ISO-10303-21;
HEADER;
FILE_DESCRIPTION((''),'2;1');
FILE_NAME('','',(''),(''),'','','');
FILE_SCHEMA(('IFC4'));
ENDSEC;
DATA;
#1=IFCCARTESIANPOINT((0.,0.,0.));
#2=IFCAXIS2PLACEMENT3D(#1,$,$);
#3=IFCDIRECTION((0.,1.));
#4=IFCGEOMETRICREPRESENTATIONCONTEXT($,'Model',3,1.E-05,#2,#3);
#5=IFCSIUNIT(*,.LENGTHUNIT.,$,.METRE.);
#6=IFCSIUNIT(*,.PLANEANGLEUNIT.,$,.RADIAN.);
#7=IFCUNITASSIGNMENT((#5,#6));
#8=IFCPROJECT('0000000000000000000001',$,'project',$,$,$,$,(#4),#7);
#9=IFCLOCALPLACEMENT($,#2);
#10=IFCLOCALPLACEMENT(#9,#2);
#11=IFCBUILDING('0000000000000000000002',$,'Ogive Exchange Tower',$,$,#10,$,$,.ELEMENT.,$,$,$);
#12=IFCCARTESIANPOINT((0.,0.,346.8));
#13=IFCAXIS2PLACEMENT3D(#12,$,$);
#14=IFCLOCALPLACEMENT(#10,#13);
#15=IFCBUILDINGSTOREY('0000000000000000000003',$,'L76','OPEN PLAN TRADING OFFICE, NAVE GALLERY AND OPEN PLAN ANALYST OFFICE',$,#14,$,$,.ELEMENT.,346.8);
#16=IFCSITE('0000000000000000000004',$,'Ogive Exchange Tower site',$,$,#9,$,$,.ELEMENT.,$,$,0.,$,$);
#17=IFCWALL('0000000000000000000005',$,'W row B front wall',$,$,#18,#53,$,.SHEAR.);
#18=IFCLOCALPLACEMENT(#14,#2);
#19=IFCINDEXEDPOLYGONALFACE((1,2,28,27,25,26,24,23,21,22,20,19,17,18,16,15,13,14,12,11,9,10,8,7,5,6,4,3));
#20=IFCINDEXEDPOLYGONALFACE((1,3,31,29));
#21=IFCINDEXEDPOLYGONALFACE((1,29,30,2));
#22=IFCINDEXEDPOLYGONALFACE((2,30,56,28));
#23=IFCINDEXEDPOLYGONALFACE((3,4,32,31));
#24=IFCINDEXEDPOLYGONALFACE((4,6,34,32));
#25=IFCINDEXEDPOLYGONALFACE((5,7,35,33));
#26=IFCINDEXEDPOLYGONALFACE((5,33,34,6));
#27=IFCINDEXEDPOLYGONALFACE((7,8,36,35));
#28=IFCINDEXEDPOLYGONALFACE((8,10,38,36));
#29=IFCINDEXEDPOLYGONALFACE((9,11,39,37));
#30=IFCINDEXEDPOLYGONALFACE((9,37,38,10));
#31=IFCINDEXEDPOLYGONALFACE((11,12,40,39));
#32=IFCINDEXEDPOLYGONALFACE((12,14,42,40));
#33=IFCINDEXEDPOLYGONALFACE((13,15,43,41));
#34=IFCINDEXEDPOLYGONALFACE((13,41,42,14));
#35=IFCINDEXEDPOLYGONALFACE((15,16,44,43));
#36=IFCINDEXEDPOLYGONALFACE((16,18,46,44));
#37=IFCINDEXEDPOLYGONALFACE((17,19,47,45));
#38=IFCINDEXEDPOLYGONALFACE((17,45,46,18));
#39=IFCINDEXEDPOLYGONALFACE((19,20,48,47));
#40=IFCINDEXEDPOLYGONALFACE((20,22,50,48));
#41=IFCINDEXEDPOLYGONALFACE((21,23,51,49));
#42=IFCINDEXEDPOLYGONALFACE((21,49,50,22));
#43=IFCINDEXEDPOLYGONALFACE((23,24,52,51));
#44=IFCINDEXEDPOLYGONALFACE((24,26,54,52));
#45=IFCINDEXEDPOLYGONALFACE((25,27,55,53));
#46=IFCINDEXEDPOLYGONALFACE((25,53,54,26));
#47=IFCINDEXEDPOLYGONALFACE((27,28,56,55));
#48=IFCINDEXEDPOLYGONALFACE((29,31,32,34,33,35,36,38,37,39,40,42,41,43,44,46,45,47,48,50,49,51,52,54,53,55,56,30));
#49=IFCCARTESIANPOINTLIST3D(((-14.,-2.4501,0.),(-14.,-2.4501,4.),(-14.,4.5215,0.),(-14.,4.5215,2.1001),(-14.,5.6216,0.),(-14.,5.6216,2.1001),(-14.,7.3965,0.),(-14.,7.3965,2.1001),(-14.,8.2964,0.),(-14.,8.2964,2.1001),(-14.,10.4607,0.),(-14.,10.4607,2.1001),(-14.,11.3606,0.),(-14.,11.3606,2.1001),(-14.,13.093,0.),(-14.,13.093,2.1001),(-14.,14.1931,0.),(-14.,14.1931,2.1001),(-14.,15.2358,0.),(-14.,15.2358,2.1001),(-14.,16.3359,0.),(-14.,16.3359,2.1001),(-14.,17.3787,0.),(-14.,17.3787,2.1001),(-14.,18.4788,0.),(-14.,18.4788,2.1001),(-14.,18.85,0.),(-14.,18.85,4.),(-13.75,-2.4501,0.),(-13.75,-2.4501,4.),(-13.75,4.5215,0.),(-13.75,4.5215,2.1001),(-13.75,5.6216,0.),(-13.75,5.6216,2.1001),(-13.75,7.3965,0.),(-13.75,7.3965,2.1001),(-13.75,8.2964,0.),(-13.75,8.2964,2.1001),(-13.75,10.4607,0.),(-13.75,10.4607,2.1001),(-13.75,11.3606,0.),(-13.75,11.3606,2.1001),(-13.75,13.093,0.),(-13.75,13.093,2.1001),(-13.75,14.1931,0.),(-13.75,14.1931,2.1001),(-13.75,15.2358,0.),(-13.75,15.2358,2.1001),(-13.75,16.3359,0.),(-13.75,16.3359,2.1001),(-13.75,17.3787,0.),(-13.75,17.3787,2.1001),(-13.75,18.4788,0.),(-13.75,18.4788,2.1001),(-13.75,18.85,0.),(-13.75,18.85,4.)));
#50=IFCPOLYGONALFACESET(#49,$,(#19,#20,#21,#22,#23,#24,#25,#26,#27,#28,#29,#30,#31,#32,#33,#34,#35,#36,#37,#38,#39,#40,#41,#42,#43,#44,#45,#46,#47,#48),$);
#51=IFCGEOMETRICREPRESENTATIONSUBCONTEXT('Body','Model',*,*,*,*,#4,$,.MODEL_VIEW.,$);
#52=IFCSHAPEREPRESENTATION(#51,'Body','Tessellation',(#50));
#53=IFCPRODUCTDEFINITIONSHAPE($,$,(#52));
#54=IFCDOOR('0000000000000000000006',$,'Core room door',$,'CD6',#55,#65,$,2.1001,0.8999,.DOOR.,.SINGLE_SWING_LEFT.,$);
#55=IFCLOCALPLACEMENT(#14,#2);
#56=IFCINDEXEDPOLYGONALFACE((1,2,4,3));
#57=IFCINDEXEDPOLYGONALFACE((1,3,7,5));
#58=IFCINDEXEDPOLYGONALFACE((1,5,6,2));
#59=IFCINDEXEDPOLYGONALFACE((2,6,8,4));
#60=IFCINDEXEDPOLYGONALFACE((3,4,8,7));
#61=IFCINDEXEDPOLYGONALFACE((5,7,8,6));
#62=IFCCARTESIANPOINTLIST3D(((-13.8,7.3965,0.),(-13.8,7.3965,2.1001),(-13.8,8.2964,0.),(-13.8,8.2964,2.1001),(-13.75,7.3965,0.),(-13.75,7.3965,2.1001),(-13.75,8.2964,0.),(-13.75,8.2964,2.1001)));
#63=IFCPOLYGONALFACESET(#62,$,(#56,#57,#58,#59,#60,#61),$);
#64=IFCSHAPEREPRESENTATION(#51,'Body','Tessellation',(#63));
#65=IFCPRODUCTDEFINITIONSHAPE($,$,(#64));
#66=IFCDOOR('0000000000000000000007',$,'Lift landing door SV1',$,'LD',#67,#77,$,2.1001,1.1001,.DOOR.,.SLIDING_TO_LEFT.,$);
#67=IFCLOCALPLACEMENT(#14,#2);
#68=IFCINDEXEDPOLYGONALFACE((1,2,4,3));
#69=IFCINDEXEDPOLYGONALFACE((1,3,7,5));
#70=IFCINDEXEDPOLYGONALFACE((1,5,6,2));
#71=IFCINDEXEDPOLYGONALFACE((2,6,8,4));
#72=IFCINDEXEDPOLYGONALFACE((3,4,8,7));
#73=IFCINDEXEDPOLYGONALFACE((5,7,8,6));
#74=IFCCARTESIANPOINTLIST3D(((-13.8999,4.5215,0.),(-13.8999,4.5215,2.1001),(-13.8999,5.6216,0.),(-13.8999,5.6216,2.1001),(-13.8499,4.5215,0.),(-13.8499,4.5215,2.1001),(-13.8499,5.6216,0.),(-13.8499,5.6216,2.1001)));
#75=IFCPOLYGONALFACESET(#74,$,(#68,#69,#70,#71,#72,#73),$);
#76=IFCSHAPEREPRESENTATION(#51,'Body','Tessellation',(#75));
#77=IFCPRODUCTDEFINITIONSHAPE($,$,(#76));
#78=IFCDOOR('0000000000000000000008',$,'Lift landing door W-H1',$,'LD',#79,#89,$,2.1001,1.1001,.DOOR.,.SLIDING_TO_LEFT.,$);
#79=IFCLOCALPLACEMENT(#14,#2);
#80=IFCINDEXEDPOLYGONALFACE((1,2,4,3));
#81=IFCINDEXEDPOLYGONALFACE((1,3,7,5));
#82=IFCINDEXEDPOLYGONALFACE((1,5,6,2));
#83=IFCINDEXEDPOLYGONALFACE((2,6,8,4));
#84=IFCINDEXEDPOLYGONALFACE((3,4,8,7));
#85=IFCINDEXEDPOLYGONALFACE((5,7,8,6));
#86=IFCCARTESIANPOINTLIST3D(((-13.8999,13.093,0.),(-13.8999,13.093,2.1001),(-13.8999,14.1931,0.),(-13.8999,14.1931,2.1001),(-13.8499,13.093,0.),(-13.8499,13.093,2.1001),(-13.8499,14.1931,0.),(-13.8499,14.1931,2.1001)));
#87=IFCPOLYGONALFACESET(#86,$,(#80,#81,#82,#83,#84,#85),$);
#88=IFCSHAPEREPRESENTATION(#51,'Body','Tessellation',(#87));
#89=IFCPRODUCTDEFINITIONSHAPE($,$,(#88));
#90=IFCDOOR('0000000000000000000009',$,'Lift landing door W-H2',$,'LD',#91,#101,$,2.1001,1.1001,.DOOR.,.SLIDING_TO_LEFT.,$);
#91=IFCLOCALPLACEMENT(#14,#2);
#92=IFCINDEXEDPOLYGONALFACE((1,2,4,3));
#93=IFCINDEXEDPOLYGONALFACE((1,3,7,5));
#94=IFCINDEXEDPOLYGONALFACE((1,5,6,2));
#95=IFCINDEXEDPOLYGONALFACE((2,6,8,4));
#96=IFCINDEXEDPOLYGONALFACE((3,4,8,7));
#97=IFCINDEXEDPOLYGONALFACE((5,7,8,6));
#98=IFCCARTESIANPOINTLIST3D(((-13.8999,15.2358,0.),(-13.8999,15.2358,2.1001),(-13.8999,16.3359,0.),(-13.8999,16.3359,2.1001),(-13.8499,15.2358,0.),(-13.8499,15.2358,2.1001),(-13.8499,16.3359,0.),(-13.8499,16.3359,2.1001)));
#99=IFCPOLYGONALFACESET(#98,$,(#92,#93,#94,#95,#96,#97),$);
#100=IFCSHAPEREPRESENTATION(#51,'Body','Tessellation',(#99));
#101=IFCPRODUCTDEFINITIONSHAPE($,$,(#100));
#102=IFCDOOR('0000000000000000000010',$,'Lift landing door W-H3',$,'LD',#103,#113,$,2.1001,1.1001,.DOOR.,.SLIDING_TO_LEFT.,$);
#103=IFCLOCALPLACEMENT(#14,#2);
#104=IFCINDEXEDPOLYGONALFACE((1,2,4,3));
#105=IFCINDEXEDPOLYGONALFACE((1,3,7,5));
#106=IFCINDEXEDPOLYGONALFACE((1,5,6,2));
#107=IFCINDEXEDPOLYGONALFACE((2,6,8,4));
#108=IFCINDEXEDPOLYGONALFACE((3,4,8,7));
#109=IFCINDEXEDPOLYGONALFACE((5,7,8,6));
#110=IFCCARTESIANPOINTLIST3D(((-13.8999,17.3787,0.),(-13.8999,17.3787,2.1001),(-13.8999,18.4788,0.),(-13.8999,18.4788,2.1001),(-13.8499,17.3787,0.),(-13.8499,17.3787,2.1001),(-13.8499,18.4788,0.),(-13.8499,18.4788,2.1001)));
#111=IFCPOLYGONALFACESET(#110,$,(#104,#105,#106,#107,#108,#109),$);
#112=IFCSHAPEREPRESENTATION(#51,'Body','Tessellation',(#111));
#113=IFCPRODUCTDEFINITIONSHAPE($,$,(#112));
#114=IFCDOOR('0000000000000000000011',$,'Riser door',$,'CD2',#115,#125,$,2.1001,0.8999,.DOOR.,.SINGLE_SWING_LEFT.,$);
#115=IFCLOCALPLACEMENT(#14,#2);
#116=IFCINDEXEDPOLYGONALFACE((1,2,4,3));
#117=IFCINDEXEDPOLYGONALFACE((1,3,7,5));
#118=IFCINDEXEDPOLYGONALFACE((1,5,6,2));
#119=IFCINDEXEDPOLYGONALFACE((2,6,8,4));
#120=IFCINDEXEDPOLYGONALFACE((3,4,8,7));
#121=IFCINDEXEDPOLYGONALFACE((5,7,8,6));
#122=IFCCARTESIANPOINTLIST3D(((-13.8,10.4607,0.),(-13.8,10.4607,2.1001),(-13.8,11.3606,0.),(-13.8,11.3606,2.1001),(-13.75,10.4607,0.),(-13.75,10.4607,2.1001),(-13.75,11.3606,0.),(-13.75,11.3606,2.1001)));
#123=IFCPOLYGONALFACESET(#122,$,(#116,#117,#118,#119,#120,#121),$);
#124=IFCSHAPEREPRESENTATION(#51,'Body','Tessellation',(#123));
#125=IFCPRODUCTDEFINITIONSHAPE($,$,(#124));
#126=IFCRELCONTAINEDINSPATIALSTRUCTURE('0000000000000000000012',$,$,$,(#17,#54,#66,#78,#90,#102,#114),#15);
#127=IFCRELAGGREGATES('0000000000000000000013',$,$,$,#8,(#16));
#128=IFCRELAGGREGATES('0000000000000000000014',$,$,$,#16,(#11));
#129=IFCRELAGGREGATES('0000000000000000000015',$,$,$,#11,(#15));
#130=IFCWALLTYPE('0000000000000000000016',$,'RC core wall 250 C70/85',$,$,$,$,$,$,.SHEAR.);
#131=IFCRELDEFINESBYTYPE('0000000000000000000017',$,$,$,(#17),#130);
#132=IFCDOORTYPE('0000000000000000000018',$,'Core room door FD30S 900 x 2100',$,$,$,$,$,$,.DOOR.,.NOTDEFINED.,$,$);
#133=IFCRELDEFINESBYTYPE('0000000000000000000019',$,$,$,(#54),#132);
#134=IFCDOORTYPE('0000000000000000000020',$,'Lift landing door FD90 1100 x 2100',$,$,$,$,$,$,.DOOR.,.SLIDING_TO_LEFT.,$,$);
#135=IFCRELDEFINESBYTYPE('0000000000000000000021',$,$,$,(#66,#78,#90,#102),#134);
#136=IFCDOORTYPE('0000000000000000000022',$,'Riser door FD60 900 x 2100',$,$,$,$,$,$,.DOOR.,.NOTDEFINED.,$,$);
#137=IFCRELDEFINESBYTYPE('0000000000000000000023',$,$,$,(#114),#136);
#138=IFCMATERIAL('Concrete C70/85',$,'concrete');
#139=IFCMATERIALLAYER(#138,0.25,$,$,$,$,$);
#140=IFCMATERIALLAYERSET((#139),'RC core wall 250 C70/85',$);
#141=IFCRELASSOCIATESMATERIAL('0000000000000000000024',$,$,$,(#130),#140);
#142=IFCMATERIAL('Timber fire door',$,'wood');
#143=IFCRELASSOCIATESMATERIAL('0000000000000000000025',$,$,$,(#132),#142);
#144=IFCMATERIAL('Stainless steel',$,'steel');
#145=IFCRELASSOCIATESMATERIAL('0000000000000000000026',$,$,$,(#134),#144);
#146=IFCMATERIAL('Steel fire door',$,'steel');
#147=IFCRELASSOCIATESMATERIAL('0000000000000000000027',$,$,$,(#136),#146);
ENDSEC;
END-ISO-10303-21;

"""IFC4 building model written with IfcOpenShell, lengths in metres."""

from ifc_helpers import new_model, si_unit, direction, frame, frame_2d, origin, place, context, subcontext, project, spatial, rectangle, extrude, material, layer, layer_set, type_object, element, fill, save


model = new_model("IFC4")

# Units and contexts
model_context = context("Model", 3, precision=1e-05, world=origin(), true_north=direction((0.0, 1.0)))
body_context = subcontext(model_context, "Body", "Model", "MODEL_VIEW")
ifc_project = project(units=[si_unit("LENGTHUNIT", "METRE"), si_unit("PLANEANGLEUNIT", "RADIAN")], contexts=[model_context])

# Site, building, storey
site_placement = place(None, origin())
site = spatial("IfcSite", under=ifc_project, at=site_placement, Name="Ogive Exchange Tower site", CompositionType="ELEMENT", RefElevation=0.0)
building_placement = place(site_placement, origin())
building = spatial("IfcBuilding", under=site, at=building_placement, Name="Ogive Exchange Tower", CompositionType="ELEMENT")
storey_placement = place(building_placement, frame((0.0, 0.0, 346.8)))
storey = spatial("IfcBuildingStorey", under=building, at=storey_placement, Name="L76", Description="OPEN PLAN TRADING OFFICE, NAVE GALLERY AND OPEN PLAN ANALYST OFFICE", CompositionType="ELEMENT", Elevation=346.8)

# Shared definitions
ifc_material_1 = material(Name="Concrete C70/85", Category="concrete")
ifc_layer_1 = layer(ifc_material_1, 0.25)
ifc_layer_set_1 = layer_set([ifc_layer_1], Name="RC core wall 250 C70/85")
wall_type_1 = type_object("IfcWallType", Name="RC core wall 250 C70/85", PredefinedType="SHEAR", material=ifc_layer_set_1)
ifc_material_2 = material(Name="Steel fire door", Category="steel")

# Wall, openings, doors
wall_1_placement = place(storey_placement, frame((-13.875, -2.45, 0.0), z_axis=(0.0, 0.0, 1.0), x_axis=(0.0, 1.0, 0.0)))
wall_1 = element("IfcWall", 1, at=wall_1_placement, inside=storey, type_object=wall_type_1, Name="W row B front wall", PredefinedType="SHEAR", context=body_context, shape_type="SweptSolid", body=[
    extrude(rectangle(XDim=21.3, YDim=0.25, at=frame_2d((10.6499, 0.0))), origin(), (0.0, 0.0, 1.0), 4.0),
])
opening_1_placement = place(wall_1_placement, frame((9.8464, 0.0, 0.0)))
opening_1 = element("IfcOpeningElement", 2, at=opening_1_placement, cuts=wall_1, PredefinedType="OPENING", context=body_context, shape_type="SweptSolid", body=[
    extrude(rectangle(XDim=0.8999, YDim=2.1001, at=frame_2d((0.45, 1.05))), frame((0.0, 0.135, 0.0), z_axis=(0.0, -1.0, 0.0), x_axis=(1.0, 0.0, 0.0)), (0.0, 0.0, 1.0), 0.27),
])
opening_2_placement = place(wall_1_placement, frame((12.9106, 0.0, 0.0)))
opening_2 = element("IfcOpeningElement", 3, at=opening_2_placement, cuts=wall_1, PredefinedType="OPENING", context=body_context, shape_type="SweptSolid", body=[
    extrude(rectangle(XDim=0.8999, YDim=2.1001, at=frame_2d((0.45, 1.05))), frame((0.0, 0.135, 0.0), z_axis=(0.0, -1.0, 0.0), x_axis=(1.0, 0.0, 0.0)), (0.0, 0.0, 1.0), 0.27),
])
opening_3_placement = place(wall_1_placement, frame((6.9714, 0.0, 0.0)))
opening_3 = element("IfcOpeningElement", 4, at=opening_3_placement, cuts=wall_1, PredefinedType="OPENING", context=body_context, shape_type="SweptSolid", body=[
    extrude(rectangle(XDim=1.1001, YDim=2.1001, at=frame_2d((0.55, 1.05))), frame((0.0, 0.135, 0.0), z_axis=(0.0, -1.0, 0.0), x_axis=(1.0, 0.0, 0.0)), (0.0, 0.0, 1.0), 0.27),
])
opening_4_placement = place(wall_1_placement, frame((15.543, 0.0, 0.0)))
opening_4 = element("IfcOpeningElement", 5, at=opening_4_placement, cuts=wall_1, PredefinedType="OPENING", context=body_context, shape_type="SweptSolid", body=[
    extrude(rectangle(XDim=1.1001, YDim=2.1001, at=frame_2d((0.55, 1.05))), frame((0.0, 0.135, 0.0), z_axis=(0.0, -1.0, 0.0), x_axis=(1.0, 0.0, 0.0)), (0.0, 0.0, 1.0), 0.27),
])
opening_5_placement = place(wall_1_placement, frame((17.6858, 0.0, 0.0)))
opening_5 = element("IfcOpeningElement", 6, at=opening_5_placement, cuts=wall_1, PredefinedType="OPENING", context=body_context, shape_type="SweptSolid", body=[
    extrude(rectangle(XDim=1.1001, YDim=2.1001, at=frame_2d((0.55, 1.05))), frame((0.0, 0.135, 0.0), z_axis=(0.0, -1.0, 0.0), x_axis=(1.0, 0.0, 0.0)), (0.0, 0.0, 1.0), 0.27),
])
opening_6_placement = place(wall_1_placement, frame((19.8286, 0.0, 0.0)))
opening_6 = element("IfcOpeningElement", 7, at=opening_6_placement, cuts=wall_1, PredefinedType="OPENING", context=body_context, shape_type="SweptSolid", body=[
    extrude(rectangle(XDim=1.1001, YDim=2.1001, at=frame_2d((0.55, 1.05))), frame((0.0, 0.135, 0.0), z_axis=(0.0, -1.0, 0.0), x_axis=(1.0, 0.0, 0.0)), (0.0, 0.0, 1.0), 0.27),
])
ifc_material_3 = material(Name="Timber fire door", Category="wood")
door_type_1 = type_object("IfcDoorType", Name="Core room door FD30S 900 x 2100", OperationType="NOTDEFINED", PredefinedType="DOOR", material=ifc_material_3)
door_1_placement = place(opening_1_placement, frame((0.8999, -0.2002, 0.0), z_axis=(0.0, 0.0, 1.0), x_axis=(-1.0, 0.0, 0.0)))
door_1 = element("IfcDoor", 8, at=door_1_placement, inside=storey, type_object=door_type_1, Name="Core room door", ObjectType="CD6", OperationType="SINGLE_SWING_LEFT", OverallHeight=2.1001, OverallWidth=0.8999, PredefinedType="DOOR", context=body_context, shape_type="SweptSolid", body=[
    extrude(rectangle(XDim=0.8999, YDim=2.1001, at=frame_2d((0.45, 1.05))), frame((0.0, -0.0752, 0.0), z_axis=(0.0, -1.0, 0.0), x_axis=(1.0, 0.0, 0.0)), (0.0, 0.0, 1.0), 0.05),
])
fill(opening_1, door_1)
ifc_material_4 = material(Name="Stainless steel", Category="steel")
door_type_2 = type_object("IfcDoorType", Name="Lift landing door FD90 1100 x 2100", OperationType="SLIDING_TO_LEFT", PredefinedType="DOOR", material=ifc_material_4)
door_2_placement = place(opening_3_placement, origin())
door_2 = element("IfcDoor", 9, at=door_2_placement, inside=storey, type_object=door_type_2, Name="Lift landing door SV1", ObjectType="LD", OperationType="SLIDING_TO_LEFT", OverallHeight=2.1001, OverallWidth=1.1001, PredefinedType="DOOR", context=body_context, shape_type="SweptSolid", body=[
    extrude(rectangle(XDim=1.1001, YDim=2.1001, at=frame_2d((0.55, 1.05))), frame((0.0, 0.0249, 0.0), z_axis=(0.0, -1.0, 0.0), x_axis=(1.0, 0.0, 0.0)), (0.0, 0.0, 1.0), 0.05),
])
fill(opening_3, door_2)
door_3_placement = place(opening_4_placement, origin())
door_3 = element("IfcDoor", 10, at=door_3_placement, inside=storey, type_object=door_type_2, Name="Lift landing door W-H1", ObjectType="LD", OperationType="SLIDING_TO_LEFT", OverallHeight=2.1001, OverallWidth=1.1001, PredefinedType="DOOR", context=body_context, shape_type="SweptSolid", body=[
    extrude(rectangle(XDim=1.1001, YDim=2.1001, at=frame_2d((0.55, 1.05))), frame((0.0, 0.0249, 0.0), z_axis=(0.0, -1.0, 0.0), x_axis=(1.0, 0.0, 0.0)), (0.0, 0.0, 1.0), 0.05),
])
fill(opening_4, door_3)
door_4_placement = place(opening_5_placement, origin())
door_4 = element("IfcDoor", 11, at=door_4_placement, inside=storey, type_object=door_type_2, Name="Lift landing door W-H2", ObjectType="LD", OperationType="SLIDING_TO_LEFT", OverallHeight=2.1001, OverallWidth=1.1001, PredefinedType="DOOR", context=body_context, shape_type="SweptSolid", body=[
    extrude(rectangle(XDim=1.1001, YDim=2.1001, at=frame_2d((0.55, 1.05))), frame((0.0, 0.0249, 0.0), z_axis=(0.0, -1.0, 0.0), x_axis=(1.0, 0.0, 0.0)), (0.0, 0.0, 1.0), 0.05),
])
fill(opening_5, door_4)
door_5_placement = place(opening_6_placement, origin())
door_5 = element("IfcDoor", 12, at=door_5_placement, inside=storey, type_object=door_type_2, Name="Lift landing door W-H3", ObjectType="LD", OperationType="SLIDING_TO_LEFT", OverallHeight=2.1001, OverallWidth=1.1001, PredefinedType="DOOR", context=body_context, shape_type="SweptSolid", body=[
    extrude(rectangle(XDim=1.1001, YDim=2.1001, at=frame_2d((0.55, 1.05))), frame((0.0, 0.0249, 0.0), z_axis=(0.0, -1.0, 0.0), x_axis=(1.0, 0.0, 0.0)), (0.0, 0.0, 1.0), 0.05),
])
fill(opening_6, door_5)
door_type_3 = type_object("IfcDoorType", Name="Riser door FD60 900 x 2100", OperationType="NOTDEFINED", PredefinedType="DOOR", material=ifc_material_2)
door_6_placement = place(opening_2_placement, frame((0.8999, -0.2002, 0.0), z_axis=(0.0, 0.0, 1.0), x_axis=(-1.0, 0.0, 0.0)))
door_6 = element("IfcDoor", 13, at=door_6_placement, inside=storey, type_object=door_type_3, Name="Riser door", ObjectType="CD2", OperationType="SINGLE_SWING_LEFT", OverallHeight=2.1001, OverallWidth=0.8999, PredefinedType="DOOR", context=body_context, shape_type="SweptSolid", body=[
    extrude(rectangle(XDim=0.8999, YDim=2.1001, at=frame_2d((0.45, 1.05))), frame((0.0, -0.0752, 0.0), z_axis=(0.0, -1.0, 0.0), x_axis=(1.0, 0.0, 0.0)), (0.0, 0.0, 1.0), 0.05),
])
fill(opening_2, door_6)

save(model, "model.ifc")
